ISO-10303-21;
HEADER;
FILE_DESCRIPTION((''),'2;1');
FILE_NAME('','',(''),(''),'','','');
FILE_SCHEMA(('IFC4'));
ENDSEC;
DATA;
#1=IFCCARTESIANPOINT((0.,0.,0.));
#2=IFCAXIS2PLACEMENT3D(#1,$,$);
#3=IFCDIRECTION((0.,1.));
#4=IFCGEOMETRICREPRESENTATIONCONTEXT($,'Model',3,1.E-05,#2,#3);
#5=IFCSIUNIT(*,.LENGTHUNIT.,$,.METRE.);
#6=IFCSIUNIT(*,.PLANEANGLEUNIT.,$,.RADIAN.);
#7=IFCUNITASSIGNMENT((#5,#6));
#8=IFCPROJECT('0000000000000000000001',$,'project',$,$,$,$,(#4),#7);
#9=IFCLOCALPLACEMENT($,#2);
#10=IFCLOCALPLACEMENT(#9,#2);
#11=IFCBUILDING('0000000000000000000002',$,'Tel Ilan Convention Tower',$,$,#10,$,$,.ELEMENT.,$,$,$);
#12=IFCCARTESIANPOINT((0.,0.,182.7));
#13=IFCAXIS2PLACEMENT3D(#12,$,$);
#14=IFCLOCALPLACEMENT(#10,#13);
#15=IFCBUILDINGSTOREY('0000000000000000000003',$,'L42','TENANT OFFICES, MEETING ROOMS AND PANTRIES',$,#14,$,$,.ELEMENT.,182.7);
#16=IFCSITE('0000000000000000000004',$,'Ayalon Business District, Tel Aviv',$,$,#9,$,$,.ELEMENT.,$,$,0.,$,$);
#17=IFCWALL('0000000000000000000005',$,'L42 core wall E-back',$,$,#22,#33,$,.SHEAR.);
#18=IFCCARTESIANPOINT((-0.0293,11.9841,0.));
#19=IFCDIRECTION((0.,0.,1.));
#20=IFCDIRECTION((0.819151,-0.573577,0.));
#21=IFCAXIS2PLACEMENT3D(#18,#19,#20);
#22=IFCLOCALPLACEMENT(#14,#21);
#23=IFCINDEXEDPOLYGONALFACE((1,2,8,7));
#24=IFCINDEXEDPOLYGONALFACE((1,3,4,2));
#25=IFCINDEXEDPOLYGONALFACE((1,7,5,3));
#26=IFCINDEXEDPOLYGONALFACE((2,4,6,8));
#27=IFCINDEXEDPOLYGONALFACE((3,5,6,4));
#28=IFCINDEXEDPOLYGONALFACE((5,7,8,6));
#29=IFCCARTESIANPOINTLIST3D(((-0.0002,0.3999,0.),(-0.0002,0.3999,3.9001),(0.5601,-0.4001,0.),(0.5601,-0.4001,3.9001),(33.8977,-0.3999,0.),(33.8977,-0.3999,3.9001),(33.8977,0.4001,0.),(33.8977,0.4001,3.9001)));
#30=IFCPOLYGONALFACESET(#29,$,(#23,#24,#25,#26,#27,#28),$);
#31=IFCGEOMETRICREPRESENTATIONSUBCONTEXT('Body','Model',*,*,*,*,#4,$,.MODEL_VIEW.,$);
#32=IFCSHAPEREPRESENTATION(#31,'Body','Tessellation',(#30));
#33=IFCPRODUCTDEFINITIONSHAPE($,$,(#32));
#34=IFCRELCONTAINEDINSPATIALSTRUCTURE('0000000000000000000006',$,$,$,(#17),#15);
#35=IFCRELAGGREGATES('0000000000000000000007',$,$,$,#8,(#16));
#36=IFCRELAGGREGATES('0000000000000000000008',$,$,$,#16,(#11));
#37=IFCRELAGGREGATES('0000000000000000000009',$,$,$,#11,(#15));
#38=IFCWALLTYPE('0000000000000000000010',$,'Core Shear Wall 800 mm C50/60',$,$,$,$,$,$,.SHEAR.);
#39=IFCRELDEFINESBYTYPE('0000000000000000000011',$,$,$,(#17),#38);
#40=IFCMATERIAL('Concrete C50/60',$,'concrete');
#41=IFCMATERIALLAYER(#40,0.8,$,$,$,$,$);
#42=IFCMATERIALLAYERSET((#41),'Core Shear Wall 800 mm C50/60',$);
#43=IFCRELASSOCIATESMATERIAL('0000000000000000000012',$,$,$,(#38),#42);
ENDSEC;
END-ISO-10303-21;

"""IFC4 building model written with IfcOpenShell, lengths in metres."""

from ifc_helpers import new_model, si_unit, direction, frame, origin, place, context, subcontext, project, spatial, polyline, outline, extrude, material, layer, layer_set, type_object, element, save


model = new_model("IFC4")

# Units and contexts
model_context = context("Model", 3, precision=1e-05, world=origin(), true_north=direction((0.0, 1.0)))
body_context = subcontext(model_context, "Body", "Model", "MODEL_VIEW")
ifc_project = project(units=[si_unit("LENGTHUNIT", "METRE"), si_unit("PLANEANGLEUNIT", "RADIAN")], contexts=[model_context])

# Site, building, storey
site_placement = place(None, origin())
site = spatial("IfcSite", under=ifc_project, at=site_placement, Name="Ayalon Business District, Tel Aviv", CompositionType="ELEMENT", RefElevation=0.0)
building_placement = place(site_placement, origin())
building = spatial("IfcBuilding", under=site, at=building_placement, Name="Tel Ilan Convention Tower", CompositionType="ELEMENT")
storey_placement = place(building_placement, frame((0.0, 0.0, 182.7)))
storey = spatial("IfcBuildingStorey", under=building, at=storey_placement, Name="L42", Description="TENANT OFFICES, MEETING ROOMS AND PANTRIES", CompositionType="ELEMENT", Elevation=182.7)

# Wall
ifc_material_1 = material(Name="Concrete C50/60", Category="concrete")
ifc_layer_1 = layer(ifc_material_1, 0.8)
ifc_layer_set_1 = layer_set([ifc_layer_1], Name="Core Shear Wall 800 mm C50/60")
wall_type_1 = type_object("IfcWallType", Name="Core Shear Wall 800 mm C50/60", PredefinedType="SHEAR", material=ifc_layer_set_1)
wall_1_placement = place(storey_placement, frame((-0.0293, 11.9841, 0.0), z_axis=(0.0, 0.0, 1.0), x_axis=(0.819151, -0.573577, 0.0)))
element("IfcWall", 1, at=wall_1_placement, inside=storey, type_object=wall_type_1, Name="L42 core wall E-back", PredefinedType="SHEAR", context=body_context, shape_type="SweptSolid", body=[
    extrude(outline(polyline([(33.8977, 0.4001), (-0.0002, 0.3999), (0.5601, -0.4001), (33.8977, -0.3999), (33.8977, 0.4001)])), origin(), (0.0, 0.0, 1.0), 3.9001),
])

save(model, "model.ifc")
